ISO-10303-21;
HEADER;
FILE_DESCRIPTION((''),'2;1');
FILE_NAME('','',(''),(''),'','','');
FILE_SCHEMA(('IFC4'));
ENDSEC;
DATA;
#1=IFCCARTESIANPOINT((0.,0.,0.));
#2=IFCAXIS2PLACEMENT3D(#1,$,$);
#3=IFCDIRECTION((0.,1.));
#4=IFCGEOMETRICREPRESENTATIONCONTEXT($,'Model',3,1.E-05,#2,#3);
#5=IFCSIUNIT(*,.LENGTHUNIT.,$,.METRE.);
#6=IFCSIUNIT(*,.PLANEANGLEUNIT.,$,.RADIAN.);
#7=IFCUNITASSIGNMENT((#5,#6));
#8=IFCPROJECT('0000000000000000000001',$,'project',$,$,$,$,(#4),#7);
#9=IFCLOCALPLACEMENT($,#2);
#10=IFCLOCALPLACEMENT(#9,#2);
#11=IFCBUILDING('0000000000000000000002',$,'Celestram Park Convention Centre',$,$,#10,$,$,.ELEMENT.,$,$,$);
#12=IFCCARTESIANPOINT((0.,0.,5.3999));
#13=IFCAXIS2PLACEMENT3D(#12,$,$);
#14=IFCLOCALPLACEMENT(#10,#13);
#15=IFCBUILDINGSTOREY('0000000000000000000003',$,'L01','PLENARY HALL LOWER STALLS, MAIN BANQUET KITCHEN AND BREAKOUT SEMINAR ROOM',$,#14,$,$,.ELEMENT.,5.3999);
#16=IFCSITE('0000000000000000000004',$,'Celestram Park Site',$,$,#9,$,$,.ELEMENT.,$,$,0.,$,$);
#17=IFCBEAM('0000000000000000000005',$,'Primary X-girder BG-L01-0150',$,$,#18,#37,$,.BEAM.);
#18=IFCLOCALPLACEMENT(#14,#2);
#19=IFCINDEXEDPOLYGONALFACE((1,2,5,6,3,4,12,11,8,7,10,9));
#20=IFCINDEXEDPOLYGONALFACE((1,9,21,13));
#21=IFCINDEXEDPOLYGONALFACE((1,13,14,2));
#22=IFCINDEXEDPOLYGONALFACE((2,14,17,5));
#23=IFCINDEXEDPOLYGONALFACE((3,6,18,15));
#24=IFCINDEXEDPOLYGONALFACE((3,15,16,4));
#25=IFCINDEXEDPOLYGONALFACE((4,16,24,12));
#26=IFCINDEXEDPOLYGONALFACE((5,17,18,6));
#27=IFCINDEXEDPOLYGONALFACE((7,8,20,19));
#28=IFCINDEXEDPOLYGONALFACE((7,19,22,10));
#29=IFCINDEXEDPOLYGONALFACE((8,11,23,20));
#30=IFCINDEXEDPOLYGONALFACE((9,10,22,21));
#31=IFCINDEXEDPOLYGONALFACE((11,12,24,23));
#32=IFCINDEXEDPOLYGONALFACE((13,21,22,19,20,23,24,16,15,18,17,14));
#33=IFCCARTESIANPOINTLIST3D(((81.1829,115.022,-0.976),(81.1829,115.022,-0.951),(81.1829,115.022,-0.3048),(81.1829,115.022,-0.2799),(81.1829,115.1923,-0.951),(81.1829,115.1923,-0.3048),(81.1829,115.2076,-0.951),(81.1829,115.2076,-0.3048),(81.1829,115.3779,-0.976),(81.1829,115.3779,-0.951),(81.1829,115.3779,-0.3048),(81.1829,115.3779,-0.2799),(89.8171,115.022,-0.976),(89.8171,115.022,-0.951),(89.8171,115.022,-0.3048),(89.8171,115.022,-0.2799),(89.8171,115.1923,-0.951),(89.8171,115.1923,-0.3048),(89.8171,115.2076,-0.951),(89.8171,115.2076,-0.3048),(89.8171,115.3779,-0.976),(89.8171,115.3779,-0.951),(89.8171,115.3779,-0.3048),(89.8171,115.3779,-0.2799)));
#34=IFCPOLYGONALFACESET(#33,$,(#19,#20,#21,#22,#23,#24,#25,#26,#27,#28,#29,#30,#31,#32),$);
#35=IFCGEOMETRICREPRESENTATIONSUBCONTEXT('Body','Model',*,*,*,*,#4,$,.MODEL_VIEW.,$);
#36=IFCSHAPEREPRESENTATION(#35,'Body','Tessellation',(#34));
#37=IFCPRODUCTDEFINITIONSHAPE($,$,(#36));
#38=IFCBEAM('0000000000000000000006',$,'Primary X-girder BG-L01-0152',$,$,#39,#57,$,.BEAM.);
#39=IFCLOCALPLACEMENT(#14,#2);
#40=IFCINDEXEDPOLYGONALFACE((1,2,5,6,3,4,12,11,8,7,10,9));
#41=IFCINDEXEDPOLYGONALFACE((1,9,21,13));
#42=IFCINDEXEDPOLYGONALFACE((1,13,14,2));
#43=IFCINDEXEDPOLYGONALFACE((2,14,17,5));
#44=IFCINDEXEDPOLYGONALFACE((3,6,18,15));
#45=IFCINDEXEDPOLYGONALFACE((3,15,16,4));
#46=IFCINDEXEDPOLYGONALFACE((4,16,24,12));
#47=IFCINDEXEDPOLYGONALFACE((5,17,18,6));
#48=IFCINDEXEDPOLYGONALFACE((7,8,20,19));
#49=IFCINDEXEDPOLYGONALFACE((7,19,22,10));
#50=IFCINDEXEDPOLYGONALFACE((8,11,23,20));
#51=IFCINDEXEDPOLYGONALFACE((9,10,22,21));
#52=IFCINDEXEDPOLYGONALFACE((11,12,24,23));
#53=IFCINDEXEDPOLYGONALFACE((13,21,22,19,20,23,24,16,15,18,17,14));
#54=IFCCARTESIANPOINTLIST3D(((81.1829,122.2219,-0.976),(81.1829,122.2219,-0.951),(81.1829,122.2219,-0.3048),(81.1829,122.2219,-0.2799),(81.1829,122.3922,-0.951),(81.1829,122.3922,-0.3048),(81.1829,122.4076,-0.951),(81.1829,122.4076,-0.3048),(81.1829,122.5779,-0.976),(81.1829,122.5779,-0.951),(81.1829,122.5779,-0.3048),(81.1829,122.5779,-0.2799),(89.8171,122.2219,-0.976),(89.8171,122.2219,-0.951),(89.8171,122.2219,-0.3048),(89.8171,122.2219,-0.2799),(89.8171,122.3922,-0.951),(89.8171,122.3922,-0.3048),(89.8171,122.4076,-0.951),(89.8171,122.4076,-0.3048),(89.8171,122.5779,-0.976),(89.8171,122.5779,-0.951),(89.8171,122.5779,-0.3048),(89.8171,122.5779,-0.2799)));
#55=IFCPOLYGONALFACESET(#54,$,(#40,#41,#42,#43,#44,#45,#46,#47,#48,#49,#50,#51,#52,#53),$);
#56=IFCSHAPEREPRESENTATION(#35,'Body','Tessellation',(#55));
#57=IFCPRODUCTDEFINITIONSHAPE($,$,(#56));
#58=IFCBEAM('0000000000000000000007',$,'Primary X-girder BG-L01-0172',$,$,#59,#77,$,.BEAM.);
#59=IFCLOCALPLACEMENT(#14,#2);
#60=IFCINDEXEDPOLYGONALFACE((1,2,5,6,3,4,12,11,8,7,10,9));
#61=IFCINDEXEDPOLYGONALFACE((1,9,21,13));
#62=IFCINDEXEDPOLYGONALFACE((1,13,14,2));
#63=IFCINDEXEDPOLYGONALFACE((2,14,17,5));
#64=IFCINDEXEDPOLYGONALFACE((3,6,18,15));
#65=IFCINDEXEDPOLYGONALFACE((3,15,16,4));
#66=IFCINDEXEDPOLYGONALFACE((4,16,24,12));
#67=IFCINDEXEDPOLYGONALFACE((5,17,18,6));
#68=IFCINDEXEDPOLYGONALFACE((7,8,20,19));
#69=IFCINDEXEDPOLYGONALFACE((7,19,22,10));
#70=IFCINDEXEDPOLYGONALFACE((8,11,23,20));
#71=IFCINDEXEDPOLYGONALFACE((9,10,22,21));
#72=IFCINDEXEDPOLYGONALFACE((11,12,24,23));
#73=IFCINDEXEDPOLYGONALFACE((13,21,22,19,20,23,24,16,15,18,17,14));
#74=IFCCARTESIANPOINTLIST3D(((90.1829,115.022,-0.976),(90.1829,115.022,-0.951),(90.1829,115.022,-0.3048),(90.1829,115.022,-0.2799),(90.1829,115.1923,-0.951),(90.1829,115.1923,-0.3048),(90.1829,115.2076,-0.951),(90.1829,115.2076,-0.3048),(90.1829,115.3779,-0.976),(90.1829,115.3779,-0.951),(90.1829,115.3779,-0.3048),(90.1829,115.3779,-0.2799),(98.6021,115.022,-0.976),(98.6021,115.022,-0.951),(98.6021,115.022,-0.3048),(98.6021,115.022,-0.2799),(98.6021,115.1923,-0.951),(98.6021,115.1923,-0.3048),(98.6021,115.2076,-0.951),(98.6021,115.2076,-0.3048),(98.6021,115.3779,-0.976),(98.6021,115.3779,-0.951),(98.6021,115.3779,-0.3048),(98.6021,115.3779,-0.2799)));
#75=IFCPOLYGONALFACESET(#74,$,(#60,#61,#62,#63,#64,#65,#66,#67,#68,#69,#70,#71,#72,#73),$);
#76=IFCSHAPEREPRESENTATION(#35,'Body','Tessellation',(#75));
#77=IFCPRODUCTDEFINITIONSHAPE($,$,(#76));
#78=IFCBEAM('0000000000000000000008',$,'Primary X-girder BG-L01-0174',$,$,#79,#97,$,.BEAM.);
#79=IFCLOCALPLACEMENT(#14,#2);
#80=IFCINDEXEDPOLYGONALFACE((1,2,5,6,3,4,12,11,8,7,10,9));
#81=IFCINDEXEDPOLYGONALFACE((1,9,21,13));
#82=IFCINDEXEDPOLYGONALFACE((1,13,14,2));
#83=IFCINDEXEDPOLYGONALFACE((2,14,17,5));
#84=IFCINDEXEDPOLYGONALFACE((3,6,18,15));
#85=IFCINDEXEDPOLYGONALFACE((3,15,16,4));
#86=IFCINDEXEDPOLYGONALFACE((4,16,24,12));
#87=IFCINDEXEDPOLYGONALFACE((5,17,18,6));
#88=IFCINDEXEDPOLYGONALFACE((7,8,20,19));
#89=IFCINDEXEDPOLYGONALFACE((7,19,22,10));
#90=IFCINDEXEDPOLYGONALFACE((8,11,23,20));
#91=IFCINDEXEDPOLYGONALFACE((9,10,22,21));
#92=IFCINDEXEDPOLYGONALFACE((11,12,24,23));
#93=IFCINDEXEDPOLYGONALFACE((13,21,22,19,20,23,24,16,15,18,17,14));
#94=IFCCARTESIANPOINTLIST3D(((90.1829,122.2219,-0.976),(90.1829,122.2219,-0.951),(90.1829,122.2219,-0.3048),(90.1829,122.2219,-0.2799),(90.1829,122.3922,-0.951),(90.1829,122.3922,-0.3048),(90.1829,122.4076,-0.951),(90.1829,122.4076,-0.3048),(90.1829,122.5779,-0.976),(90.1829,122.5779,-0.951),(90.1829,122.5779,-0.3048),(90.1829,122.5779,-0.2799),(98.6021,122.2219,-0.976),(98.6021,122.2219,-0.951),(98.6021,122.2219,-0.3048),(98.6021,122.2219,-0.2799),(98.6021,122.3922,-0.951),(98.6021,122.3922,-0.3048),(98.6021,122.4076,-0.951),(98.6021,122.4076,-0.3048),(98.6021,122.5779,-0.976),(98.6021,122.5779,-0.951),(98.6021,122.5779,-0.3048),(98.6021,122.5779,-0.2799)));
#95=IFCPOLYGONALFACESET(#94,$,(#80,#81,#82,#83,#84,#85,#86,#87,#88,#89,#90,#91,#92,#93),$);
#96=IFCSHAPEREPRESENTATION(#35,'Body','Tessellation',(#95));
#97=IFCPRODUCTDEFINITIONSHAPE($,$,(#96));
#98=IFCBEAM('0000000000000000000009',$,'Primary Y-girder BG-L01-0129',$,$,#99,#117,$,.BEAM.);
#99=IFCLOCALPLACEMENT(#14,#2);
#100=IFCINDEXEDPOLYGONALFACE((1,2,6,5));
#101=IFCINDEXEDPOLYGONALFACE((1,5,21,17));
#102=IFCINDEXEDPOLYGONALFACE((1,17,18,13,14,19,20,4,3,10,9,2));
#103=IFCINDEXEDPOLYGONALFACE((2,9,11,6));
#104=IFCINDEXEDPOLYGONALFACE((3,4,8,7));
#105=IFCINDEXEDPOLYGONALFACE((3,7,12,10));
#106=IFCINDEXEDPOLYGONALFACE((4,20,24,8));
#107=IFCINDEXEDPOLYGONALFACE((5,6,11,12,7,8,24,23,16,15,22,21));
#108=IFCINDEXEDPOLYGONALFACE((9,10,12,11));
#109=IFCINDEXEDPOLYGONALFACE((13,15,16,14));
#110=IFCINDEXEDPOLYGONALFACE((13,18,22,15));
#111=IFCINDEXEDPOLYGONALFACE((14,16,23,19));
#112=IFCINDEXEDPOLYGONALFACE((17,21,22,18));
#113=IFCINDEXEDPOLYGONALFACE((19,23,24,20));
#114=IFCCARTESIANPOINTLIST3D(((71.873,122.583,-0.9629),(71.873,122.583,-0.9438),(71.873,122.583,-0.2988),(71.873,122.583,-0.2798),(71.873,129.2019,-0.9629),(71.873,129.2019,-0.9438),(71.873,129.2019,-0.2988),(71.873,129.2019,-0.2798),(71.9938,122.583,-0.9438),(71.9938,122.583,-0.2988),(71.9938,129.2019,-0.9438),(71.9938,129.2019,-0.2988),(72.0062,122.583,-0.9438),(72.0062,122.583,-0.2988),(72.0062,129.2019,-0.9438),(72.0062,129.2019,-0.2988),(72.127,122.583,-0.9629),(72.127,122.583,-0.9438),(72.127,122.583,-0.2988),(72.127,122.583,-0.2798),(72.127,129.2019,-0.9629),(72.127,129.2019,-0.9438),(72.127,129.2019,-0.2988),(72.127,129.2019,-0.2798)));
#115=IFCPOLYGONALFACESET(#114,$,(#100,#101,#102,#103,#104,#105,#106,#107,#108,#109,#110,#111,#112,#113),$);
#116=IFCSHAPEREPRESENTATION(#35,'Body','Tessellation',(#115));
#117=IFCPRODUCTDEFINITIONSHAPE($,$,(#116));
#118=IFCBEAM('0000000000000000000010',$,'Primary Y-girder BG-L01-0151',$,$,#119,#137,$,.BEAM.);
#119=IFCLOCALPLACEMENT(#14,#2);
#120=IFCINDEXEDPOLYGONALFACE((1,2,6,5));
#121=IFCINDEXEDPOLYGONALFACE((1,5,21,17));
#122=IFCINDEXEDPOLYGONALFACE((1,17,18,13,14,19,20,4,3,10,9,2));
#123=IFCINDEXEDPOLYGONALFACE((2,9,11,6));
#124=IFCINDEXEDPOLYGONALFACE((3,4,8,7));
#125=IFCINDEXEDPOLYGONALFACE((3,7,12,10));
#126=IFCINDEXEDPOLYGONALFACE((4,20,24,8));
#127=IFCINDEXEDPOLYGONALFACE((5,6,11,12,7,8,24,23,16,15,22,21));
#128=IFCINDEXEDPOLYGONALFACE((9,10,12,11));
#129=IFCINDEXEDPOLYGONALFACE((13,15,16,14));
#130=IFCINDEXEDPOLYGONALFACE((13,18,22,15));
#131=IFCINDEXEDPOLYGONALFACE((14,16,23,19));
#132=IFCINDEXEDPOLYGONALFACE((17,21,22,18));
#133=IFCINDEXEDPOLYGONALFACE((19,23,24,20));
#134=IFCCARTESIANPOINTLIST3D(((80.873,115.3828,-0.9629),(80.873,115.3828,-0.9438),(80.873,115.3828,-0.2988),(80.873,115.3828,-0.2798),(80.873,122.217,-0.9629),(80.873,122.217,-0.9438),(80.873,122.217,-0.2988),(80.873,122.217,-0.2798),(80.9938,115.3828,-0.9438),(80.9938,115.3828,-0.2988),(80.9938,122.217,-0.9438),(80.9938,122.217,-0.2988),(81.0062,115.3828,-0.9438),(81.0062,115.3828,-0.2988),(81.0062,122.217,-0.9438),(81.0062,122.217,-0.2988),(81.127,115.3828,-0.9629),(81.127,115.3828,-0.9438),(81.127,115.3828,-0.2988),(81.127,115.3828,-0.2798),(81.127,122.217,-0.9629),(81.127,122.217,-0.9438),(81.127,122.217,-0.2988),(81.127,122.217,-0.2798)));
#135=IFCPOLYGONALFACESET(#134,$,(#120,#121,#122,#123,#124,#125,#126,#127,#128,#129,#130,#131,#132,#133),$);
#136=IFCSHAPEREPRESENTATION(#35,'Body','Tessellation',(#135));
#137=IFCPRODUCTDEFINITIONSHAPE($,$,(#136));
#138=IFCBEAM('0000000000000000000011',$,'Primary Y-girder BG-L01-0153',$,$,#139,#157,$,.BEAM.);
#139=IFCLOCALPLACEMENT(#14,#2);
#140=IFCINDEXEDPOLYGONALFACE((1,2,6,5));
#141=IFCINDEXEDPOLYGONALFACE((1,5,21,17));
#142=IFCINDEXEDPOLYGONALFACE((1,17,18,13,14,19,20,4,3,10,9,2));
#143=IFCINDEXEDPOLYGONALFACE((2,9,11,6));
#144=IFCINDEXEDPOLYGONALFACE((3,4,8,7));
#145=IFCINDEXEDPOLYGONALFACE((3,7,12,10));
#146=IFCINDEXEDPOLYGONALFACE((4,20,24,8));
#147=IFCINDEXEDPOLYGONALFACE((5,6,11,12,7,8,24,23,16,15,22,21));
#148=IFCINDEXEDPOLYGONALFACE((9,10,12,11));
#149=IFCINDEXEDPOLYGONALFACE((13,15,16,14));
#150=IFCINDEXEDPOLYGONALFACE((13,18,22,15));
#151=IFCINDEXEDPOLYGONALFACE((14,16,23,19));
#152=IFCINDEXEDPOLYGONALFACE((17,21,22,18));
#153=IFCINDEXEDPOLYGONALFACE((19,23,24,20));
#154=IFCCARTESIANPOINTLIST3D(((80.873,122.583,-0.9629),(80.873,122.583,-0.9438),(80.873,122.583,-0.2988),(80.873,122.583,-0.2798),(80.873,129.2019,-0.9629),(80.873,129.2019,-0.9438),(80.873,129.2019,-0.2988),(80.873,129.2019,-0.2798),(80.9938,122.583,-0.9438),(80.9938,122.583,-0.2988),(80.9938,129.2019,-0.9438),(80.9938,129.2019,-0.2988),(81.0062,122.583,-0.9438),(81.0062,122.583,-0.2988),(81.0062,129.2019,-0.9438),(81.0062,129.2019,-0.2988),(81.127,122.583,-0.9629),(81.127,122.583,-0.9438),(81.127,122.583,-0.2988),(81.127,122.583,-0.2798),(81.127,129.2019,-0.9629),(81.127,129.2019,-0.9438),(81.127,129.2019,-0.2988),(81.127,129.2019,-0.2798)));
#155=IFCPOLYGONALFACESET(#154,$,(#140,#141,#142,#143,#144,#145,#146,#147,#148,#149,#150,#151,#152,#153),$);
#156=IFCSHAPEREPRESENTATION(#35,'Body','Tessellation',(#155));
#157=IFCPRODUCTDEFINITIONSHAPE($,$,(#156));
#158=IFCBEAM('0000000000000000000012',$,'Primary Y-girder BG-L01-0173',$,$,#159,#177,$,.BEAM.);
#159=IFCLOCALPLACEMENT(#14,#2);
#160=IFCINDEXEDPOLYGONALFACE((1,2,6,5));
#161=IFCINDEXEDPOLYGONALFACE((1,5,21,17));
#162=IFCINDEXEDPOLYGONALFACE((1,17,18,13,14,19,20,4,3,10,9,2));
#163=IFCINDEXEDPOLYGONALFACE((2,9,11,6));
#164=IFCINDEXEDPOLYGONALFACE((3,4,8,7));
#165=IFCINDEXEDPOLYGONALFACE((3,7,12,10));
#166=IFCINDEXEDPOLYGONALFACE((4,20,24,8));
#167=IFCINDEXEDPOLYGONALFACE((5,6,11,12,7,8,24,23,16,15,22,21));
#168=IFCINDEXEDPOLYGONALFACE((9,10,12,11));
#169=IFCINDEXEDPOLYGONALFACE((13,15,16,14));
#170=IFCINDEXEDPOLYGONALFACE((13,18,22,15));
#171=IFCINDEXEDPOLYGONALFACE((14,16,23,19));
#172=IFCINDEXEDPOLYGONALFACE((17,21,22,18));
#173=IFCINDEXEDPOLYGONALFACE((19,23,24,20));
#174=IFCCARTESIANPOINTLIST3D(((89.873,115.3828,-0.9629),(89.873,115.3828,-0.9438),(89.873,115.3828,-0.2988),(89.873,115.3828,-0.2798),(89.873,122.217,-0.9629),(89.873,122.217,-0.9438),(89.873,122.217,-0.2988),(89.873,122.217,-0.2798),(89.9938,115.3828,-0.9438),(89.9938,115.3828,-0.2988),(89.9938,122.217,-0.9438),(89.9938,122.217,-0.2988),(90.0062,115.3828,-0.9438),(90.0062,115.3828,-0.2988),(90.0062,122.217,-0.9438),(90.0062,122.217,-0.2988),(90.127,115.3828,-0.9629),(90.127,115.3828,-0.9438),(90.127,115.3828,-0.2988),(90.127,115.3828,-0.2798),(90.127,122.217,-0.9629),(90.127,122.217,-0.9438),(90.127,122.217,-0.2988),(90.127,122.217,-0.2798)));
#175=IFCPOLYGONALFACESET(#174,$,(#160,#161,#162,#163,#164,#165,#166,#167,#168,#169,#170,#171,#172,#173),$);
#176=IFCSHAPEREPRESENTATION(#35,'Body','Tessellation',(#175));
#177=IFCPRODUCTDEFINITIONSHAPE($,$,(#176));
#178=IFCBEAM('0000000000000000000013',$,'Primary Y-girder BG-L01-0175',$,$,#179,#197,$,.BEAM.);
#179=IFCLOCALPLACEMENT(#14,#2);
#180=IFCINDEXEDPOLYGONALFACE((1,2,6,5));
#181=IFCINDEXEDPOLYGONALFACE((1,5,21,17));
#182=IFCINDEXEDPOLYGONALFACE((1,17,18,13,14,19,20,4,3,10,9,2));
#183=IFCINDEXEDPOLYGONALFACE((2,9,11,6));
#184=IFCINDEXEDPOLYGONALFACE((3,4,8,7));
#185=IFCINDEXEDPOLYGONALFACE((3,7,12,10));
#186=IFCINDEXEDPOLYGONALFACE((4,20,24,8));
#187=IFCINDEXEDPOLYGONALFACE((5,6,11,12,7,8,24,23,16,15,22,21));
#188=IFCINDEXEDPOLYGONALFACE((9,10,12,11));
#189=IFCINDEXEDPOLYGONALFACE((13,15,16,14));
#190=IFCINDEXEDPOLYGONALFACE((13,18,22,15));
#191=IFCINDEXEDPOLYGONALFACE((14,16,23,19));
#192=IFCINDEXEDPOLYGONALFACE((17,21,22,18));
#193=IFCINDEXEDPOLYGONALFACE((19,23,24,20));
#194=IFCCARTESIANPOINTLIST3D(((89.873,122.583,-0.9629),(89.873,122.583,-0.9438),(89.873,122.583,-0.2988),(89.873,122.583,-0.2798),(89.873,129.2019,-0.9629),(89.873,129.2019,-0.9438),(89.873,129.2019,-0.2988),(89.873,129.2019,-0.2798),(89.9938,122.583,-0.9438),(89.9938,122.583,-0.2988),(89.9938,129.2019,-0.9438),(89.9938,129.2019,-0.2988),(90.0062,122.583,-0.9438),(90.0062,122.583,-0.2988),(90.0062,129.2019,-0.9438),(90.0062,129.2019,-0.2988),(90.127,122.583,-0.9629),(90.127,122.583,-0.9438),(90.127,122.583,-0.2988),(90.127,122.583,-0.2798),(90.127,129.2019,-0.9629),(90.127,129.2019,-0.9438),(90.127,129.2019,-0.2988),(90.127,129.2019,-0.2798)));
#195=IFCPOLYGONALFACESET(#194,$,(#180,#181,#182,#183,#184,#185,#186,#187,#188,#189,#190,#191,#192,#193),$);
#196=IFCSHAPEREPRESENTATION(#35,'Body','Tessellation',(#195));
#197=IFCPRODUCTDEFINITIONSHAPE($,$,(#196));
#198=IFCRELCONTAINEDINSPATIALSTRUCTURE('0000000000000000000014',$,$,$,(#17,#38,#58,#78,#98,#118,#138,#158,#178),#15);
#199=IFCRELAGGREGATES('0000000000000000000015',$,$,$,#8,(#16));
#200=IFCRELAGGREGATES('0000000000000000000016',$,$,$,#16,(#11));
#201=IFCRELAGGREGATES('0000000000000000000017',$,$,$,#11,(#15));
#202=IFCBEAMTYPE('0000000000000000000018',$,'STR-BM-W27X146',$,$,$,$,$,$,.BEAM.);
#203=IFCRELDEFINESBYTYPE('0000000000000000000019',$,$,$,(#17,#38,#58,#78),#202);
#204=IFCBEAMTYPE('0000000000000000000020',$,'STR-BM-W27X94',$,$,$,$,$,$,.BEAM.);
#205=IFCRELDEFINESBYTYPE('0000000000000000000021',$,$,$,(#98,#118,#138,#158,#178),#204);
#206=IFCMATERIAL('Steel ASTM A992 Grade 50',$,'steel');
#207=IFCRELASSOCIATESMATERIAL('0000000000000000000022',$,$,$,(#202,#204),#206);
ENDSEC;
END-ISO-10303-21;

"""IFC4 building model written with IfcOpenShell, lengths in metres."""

from ifc_helpers import new_model, si_unit, direction, frame, origin, origin_2d, place, context, subcontext, project, spatial, i_section, extrude, material, material_profile, profile_set, type_object, element, save


model = new_model("IFC4")

# Units and contexts
model_context = context("Model", 3, precision=1e-05, world=origin(), true_north=direction((0.0, 1.0)))
body_context = subcontext(model_context, "Body", "Model", "MODEL_VIEW")
ifc_project = project(units=[si_unit("LENGTHUNIT", "METRE"), si_unit("PLANEANGLEUNIT", "RADIAN")], contexts=[model_context])

# Site, building, storey
site_placement = place(None, origin())
site = spatial("IfcSite", under=ifc_project, at=site_placement, Name="Celestram Park Site", CompositionType="ELEMENT", RefElevation=0.0)
building_placement = place(site_placement, origin())
building = spatial("IfcBuilding", under=site, at=building_placement, Name="Celestram Park Convention Centre", CompositionType="ELEMENT")
storey_placement = place(building_placement, frame((0.0, 0.0, 5.3999)))
storey = spatial("IfcBuildingStorey", under=building, at=storey_placement, Name="L01", Description="PLENARY HALL LOWER STALLS, MAIN BANQUET KITCHEN AND BREAKOUT SEMINAR ROOM", CompositionType="ELEMENT", Elevation=5.3999)

# Beams
ifc_material_1 = material(Name="Steel ASTM A992 Grade 50", Category="steel")
ifc_material_profile_1 = material_profile(ifc_material_1, i_section(OverallWidth=0.356, OverallDepth=0.696, WebThickness=0.0154, FlangeThickness=0.0249, at=origin_2d()), Name="W27X146")
ifc_profile_set_1 = profile_set([ifc_material_profile_1], Name="Steel ASTM A992 Grade 50")
beam_type_1 = type_object("IfcBeamType", Name="STR-BM-W27X146", PredefinedType="BEAM", material=ifc_profile_set_1)
for number, where, z_axis, x_axis, name in (
    (1, (81.1829, 115.2, -0.6279), (1.0, 0.0, 0.0), (0.0, 1.0, 0.0), "Primary X-girder BG-L01-0150"),
    (2, (81.1829, 122.3999, -0.6279), (1.0, 0.0, 0.0), (0.0, 1.0, 0.0), "Primary X-girder BG-L01-0152"),
):
    element("IfcBeam", number, at=place(storey_placement, frame(where, z_axis=z_axis, x_axis=x_axis)), inside=storey, type_object=beam_type_1, Name=name, PredefinedType="BEAM", context=body_context, shape_type="SweptSolid", body=[
        extrude(i_section(OverallWidth=0.356, OverallDepth=0.696, WebThickness=0.0154, FlangeThickness=0.0249, at=origin_2d()), origin(), (0.0, 0.0, 1.0), 8.6343),
    ])
for number, where, z_axis, x_axis, name in (
    (3, (90.1829, 115.2, -0.6279), (1.0, 0.0, 0.0), (0.0, 1.0, 0.0), "Primary X-girder BG-L01-0172"),
    (4, (90.1829, 122.3999, -0.6279), (1.0, 0.0, 0.0), (0.0, 1.0, 0.0), "Primary X-girder BG-L01-0174"),
):
    element("IfcBeam", number, at=place(storey_placement, frame(where, z_axis=z_axis, x_axis=x_axis)), inside=storey, type_object=beam_type_1, Name=name, PredefinedType="BEAM", context=body_context, shape_type="SweptSolid", body=[
        extrude(i_section(OverallWidth=0.356, OverallDepth=0.696, WebThickness=0.0154, FlangeThickness=0.0249, at=origin_2d()), origin(), (0.0, 0.0, 1.0), 8.4192),
    ])
ifc_material_profile_2 = material_profile(ifc_material_1, i_section(OverallWidth=0.2539, OverallDepth=0.6831, WebThickness=0.0125, FlangeThickness=0.019, at=origin_2d()), Name="W27X94")
ifc_profile_set_2 = profile_set([ifc_material_profile_2], Name="Steel ASTM A992 Grade 50")
beam_type_2 = type_object("IfcBeamType", Name="STR-BM-W27X94", PredefinedType="BEAM", material=ifc_profile_set_2)
beam_1_placement = place(storey_placement, frame((72.0, 122.583, -0.6213), z_axis=(0.0, 1.0, 0.0), x_axis=(-1.0, 0.0, 0.0)))
element("IfcBeam", 5, at=beam_1_placement, inside=storey, type_object=beam_type_2, Name="Primary Y-girder BG-L01-0129", PredefinedType="BEAM", context=body_context, shape_type="SweptSolid", body=[
    extrude(i_section(OverallWidth=0.2539, OverallDepth=0.6831, WebThickness=0.0125, FlangeThickness=0.019, at=origin_2d()), origin(), (0.0, 0.0, 1.0), 6.6189),
])
beam_2_placement = place(storey_placement, frame((81.0, 115.3828, -0.6213), z_axis=(0.0, 1.0, 0.0), x_axis=(-1.0, 0.0, 0.0)))
element("IfcBeam", 6, at=beam_2_placement, inside=storey, type_object=beam_type_2, Name="Primary Y-girder BG-L01-0151", PredefinedType="BEAM", context=body_context, shape_type="SweptSolid", body=[
    extrude(i_section(OverallWidth=0.2539, OverallDepth=0.6831, WebThickness=0.0125, FlangeThickness=0.019, at=origin_2d()), origin(), (0.0, 0.0, 1.0), 6.8342),
])
beam_3_placement = place(storey_placement, frame((81.0, 122.583, -0.6213), z_axis=(0.0, 1.0, 0.0), x_axis=(-1.0, 0.0, 0.0)))
element("IfcBeam", 7, at=beam_3_placement, inside=storey, type_object=beam_type_2, Name="Primary Y-girder BG-L01-0153", PredefinedType="BEAM", context=body_context, shape_type="SweptSolid", body=[
    extrude(i_section(OverallWidth=0.2539, OverallDepth=0.6831, WebThickness=0.0125, FlangeThickness=0.019, at=origin_2d()), origin(), (0.0, 0.0, 1.0), 6.6189),
])
beam_4_placement = place(storey_placement, frame((90.0, 115.3828, -0.6213), z_axis=(0.0, 1.0, 0.0), x_axis=(-1.0, 0.0, 0.0)))
element("IfcBeam", 8, at=beam_4_placement, inside=storey, type_object=beam_type_2, Name="Primary Y-girder BG-L01-0173", PredefinedType="BEAM", context=body_context, shape_type="SweptSolid", body=[
    extrude(i_section(OverallWidth=0.2539, OverallDepth=0.6831, WebThickness=0.0125, FlangeThickness=0.019, at=origin_2d()), origin(), (0.0, 0.0, 1.0), 6.8342),
])
beam_5_placement = place(storey_placement, frame((90.0, 122.583, -0.6213), z_axis=(0.0, 1.0, 0.0), x_axis=(-1.0, 0.0, 0.0)))
element("IfcBeam", 9, at=beam_5_placement, inside=storey, type_object=beam_type_2, Name="Primary Y-girder BG-L01-0175", PredefinedType="BEAM", context=body_context, shape_type="SweptSolid", body=[
    extrude(i_section(OverallWidth=0.2539, OverallDepth=0.6831, WebThickness=0.0125, FlangeThickness=0.019, at=origin_2d()), origin(), (0.0, 0.0, 1.0), 6.6189),
])

save(model, "model.ifc")
